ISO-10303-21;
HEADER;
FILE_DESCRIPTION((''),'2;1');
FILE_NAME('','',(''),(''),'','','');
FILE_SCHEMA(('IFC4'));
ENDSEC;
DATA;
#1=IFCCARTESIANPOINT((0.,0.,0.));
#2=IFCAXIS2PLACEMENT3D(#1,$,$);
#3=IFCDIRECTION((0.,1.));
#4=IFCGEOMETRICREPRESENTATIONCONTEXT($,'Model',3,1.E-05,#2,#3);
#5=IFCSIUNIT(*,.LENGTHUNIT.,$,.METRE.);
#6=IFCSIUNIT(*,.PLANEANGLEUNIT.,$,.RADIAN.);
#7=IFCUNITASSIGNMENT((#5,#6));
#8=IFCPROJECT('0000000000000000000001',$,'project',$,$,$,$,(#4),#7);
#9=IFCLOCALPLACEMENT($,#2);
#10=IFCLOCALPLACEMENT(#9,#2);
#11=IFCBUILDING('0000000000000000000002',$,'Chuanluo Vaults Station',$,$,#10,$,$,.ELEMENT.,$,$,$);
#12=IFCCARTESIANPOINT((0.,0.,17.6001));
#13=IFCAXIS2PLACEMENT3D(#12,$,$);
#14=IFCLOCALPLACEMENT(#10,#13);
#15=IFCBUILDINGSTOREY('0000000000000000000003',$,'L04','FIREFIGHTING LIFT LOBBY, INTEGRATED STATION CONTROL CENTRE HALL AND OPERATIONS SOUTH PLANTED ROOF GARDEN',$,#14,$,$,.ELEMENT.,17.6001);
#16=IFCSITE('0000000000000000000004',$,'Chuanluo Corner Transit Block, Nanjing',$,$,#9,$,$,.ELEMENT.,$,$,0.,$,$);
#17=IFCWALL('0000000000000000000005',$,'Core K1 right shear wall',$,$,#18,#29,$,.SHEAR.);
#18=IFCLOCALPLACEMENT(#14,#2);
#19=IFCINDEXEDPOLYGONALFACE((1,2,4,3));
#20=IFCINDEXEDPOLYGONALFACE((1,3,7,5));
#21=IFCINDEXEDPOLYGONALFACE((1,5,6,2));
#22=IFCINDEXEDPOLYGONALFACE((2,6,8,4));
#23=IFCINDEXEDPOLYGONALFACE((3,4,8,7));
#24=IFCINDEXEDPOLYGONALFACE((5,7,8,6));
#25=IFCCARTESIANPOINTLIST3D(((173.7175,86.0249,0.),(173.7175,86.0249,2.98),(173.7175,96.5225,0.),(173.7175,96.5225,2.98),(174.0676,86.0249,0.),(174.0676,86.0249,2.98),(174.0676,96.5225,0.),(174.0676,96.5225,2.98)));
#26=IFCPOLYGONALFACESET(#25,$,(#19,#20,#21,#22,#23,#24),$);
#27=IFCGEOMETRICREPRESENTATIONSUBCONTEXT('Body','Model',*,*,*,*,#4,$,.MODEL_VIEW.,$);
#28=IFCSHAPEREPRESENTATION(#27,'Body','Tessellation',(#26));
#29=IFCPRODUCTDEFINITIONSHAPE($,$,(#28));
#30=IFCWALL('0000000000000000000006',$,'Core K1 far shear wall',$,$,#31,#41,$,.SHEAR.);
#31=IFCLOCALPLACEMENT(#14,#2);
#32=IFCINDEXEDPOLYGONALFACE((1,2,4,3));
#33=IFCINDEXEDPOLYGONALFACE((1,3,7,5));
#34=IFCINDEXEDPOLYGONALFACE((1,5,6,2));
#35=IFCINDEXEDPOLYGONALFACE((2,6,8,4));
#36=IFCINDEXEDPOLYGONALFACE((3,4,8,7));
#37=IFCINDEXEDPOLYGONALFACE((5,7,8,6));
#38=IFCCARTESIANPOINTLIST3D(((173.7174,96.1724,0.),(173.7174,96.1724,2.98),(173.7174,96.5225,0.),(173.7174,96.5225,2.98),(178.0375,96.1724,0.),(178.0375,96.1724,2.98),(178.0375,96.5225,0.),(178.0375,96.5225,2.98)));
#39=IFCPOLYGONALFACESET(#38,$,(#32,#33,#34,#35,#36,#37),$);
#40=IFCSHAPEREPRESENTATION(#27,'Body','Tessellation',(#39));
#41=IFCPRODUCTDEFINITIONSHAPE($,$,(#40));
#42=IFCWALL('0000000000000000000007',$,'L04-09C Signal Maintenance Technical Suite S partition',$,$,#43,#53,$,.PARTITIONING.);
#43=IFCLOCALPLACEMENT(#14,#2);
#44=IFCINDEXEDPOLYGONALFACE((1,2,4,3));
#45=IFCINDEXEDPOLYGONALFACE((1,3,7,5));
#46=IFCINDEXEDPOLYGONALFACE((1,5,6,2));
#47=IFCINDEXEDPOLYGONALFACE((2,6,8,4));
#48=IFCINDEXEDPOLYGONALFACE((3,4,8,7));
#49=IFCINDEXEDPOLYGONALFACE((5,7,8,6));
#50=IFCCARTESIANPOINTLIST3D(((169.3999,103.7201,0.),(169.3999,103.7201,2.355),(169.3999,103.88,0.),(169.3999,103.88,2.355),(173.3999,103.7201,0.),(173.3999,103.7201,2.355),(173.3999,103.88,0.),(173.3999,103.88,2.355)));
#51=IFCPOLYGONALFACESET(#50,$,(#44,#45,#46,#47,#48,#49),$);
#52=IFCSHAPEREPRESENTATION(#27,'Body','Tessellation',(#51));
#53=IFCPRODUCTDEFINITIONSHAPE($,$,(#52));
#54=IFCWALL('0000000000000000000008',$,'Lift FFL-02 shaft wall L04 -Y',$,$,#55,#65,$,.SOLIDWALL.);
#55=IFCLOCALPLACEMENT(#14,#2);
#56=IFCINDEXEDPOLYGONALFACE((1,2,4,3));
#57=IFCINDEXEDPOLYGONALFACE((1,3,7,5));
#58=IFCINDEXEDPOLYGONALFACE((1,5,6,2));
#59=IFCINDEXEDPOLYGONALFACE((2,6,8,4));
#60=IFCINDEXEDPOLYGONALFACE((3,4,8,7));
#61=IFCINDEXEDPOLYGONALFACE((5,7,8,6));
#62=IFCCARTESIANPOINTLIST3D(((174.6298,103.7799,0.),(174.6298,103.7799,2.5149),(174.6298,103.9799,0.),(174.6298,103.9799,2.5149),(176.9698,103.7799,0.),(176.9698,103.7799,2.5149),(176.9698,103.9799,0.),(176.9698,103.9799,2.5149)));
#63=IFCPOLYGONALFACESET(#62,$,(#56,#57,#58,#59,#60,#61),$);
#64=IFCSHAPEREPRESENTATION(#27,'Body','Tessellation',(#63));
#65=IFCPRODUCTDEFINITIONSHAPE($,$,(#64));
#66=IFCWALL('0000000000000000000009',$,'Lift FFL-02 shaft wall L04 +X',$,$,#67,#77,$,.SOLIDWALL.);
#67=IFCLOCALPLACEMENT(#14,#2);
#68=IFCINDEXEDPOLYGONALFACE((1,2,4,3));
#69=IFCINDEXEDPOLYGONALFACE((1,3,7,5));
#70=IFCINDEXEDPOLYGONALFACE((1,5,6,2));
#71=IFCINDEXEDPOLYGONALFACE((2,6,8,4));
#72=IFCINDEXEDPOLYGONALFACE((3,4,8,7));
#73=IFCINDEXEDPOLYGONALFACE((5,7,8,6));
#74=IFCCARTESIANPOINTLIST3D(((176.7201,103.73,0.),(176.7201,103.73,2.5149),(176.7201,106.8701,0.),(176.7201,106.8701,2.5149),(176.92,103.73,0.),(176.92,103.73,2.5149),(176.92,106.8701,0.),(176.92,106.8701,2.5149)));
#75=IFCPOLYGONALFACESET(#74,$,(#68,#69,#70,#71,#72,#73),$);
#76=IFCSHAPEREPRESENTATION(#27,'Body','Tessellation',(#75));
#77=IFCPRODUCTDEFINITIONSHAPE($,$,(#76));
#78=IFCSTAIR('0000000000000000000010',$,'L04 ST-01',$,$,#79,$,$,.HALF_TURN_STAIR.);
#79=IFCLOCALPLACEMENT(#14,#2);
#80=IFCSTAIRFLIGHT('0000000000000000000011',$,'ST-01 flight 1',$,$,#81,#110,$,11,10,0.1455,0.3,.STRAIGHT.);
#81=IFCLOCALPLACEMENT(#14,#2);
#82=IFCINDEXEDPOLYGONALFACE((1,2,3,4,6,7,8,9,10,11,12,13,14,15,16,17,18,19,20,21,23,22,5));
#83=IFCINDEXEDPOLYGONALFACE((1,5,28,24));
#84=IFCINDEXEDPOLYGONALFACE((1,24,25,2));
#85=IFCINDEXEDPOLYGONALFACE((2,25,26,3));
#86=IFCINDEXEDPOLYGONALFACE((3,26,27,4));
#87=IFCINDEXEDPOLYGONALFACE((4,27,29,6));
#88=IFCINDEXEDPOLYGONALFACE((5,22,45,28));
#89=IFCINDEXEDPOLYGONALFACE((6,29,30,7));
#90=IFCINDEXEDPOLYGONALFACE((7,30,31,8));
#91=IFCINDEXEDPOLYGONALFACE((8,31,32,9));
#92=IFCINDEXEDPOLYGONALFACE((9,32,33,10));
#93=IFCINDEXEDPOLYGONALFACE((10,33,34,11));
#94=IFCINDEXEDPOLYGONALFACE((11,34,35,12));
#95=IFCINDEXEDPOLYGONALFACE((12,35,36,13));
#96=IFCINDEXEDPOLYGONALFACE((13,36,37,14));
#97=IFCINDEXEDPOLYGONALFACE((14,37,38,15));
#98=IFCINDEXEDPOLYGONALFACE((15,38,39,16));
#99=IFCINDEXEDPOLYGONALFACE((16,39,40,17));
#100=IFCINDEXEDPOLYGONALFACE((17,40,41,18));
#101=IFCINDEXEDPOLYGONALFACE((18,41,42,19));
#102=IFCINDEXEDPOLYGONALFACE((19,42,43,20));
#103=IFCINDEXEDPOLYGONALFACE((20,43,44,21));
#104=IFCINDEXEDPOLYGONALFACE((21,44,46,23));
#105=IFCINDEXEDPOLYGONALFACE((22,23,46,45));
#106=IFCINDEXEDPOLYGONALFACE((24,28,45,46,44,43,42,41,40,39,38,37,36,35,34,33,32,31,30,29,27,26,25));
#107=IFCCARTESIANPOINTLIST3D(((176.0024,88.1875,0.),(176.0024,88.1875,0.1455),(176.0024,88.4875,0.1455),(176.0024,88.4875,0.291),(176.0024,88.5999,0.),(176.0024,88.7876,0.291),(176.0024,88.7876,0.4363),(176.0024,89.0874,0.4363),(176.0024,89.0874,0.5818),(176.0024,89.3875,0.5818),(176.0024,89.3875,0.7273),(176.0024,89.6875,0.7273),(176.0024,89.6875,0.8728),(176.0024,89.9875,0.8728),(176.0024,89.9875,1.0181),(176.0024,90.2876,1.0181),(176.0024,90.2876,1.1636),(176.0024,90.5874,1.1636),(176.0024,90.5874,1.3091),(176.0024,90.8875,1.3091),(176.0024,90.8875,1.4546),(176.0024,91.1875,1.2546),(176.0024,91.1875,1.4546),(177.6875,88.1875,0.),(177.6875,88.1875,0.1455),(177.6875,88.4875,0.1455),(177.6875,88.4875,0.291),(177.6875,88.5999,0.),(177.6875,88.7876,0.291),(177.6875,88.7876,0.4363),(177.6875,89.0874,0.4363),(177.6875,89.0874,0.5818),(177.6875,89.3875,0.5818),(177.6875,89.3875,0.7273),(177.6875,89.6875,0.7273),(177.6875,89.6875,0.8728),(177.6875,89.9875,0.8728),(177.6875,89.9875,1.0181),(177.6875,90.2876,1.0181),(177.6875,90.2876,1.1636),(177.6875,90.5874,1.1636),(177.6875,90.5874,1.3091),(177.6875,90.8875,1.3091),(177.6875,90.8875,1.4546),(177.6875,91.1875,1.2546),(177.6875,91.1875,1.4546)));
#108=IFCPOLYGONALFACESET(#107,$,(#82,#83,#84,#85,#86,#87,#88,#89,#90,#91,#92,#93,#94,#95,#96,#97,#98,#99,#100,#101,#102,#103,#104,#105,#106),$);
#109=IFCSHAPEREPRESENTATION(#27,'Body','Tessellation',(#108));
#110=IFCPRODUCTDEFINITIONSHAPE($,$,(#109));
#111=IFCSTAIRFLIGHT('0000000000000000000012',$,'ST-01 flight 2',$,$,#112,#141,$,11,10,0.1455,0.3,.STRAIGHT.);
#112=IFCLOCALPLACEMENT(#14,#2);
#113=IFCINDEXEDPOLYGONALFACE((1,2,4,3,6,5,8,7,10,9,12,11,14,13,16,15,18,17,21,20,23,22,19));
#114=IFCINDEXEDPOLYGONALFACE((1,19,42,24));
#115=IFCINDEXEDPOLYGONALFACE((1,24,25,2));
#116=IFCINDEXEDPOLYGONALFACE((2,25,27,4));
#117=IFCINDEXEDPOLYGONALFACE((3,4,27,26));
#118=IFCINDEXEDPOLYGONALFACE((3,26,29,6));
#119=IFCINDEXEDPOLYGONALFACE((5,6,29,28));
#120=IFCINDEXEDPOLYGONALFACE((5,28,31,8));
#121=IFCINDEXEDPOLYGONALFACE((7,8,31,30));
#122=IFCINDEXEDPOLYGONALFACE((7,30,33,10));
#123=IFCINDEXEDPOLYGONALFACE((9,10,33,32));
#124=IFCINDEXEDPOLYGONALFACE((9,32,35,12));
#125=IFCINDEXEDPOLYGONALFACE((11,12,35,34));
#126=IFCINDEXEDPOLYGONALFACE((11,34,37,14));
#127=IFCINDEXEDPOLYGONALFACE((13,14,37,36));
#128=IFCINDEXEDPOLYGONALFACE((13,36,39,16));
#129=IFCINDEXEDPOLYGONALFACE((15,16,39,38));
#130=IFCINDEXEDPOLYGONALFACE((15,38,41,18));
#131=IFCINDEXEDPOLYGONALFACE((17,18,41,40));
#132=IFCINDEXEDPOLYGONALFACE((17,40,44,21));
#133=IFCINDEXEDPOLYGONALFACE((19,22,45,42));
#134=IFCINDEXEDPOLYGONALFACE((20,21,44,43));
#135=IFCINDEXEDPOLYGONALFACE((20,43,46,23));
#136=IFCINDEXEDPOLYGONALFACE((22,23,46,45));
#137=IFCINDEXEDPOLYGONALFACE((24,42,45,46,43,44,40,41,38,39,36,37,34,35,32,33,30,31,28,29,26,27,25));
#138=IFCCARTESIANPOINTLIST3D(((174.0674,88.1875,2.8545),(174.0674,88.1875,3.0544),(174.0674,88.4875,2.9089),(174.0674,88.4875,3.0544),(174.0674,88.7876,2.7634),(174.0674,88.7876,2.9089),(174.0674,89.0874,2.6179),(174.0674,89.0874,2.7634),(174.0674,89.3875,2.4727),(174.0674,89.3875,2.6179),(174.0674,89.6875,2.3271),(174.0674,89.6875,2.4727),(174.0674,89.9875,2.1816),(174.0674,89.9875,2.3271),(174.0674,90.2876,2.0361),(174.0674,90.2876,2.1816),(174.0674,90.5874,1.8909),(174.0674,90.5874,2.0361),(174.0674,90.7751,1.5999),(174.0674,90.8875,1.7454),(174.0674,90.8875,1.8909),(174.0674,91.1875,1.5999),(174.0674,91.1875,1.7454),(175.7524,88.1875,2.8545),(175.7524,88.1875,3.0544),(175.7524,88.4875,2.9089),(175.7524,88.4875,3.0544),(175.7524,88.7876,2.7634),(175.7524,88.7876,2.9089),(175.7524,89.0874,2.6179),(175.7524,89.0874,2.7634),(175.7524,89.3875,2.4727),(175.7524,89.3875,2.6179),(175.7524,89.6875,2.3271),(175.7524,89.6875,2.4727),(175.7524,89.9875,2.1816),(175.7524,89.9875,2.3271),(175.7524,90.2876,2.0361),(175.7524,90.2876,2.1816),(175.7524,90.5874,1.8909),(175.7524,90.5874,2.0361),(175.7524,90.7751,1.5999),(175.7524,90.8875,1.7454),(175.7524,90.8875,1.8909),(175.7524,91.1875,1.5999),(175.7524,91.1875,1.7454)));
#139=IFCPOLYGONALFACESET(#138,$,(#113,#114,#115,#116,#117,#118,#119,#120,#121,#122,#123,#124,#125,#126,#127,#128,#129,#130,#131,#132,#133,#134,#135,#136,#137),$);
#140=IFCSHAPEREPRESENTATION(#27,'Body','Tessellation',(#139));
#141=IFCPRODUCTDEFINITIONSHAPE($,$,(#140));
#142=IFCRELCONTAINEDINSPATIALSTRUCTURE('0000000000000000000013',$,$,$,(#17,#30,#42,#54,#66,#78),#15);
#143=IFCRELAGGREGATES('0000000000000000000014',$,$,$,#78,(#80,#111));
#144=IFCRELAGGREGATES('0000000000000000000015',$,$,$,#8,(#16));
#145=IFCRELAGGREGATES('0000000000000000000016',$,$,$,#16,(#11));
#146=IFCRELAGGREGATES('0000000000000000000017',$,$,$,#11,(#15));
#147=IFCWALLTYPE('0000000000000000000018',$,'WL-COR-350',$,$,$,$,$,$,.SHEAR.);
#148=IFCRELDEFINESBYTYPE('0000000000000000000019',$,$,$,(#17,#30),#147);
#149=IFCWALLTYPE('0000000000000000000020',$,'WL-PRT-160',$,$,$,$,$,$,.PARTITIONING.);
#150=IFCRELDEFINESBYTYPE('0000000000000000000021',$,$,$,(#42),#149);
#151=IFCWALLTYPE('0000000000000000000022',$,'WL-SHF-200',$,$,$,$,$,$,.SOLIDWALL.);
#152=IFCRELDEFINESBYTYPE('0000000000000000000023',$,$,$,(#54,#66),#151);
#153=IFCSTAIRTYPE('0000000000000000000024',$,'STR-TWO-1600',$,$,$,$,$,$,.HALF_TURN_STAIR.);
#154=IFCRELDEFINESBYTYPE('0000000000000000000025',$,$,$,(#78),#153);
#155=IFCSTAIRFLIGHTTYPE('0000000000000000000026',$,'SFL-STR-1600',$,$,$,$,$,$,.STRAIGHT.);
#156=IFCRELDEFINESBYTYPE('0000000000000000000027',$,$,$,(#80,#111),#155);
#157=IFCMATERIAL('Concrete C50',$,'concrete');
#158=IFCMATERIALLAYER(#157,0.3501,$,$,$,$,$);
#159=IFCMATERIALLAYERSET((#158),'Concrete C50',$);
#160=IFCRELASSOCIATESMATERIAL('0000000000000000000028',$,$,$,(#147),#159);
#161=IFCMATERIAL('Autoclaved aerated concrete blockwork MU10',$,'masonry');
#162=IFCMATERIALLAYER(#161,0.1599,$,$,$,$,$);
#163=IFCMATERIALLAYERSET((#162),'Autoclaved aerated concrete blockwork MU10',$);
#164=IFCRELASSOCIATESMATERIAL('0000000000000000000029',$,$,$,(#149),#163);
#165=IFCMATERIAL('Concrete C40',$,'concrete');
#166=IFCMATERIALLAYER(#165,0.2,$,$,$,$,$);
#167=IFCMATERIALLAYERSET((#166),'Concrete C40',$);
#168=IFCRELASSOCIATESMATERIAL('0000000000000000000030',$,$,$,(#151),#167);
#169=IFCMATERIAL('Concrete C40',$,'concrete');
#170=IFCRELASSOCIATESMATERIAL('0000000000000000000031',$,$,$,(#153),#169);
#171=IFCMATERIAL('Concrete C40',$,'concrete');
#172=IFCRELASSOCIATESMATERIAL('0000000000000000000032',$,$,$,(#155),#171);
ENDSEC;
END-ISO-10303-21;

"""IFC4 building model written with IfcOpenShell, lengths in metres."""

from ifc_helpers import new_model, si_unit, direction, frame, frame_2d, origin, place, context, subcontext, project, spatial, polyline, rectangle, outline, extrude, material, layer, layer_set, type_object, element, aggregate, save


model = new_model("IFC4")

# Units and contexts
model_context = context("Model", 3, precision=1e-05, world=origin(), true_north=direction((0.0, 1.0)))
body_context = subcontext(model_context, "Body", "Model", "MODEL_VIEW")
ifc_project = project(units=[si_unit("LENGTHUNIT", "METRE"), si_unit("PLANEANGLEUNIT", "RADIAN")], contexts=[model_context])

# Site, building, storey
site_placement = place(None, origin())
site = spatial("IfcSite", under=ifc_project, at=site_placement, Name="Chuanluo Corner Transit Block, Nanjing", CompositionType="ELEMENT", RefElevation=0.0)
building_placement = place(site_placement, origin())
building = spatial("IfcBuilding", under=site, at=building_placement, Name="Chuanluo Vaults Station", CompositionType="ELEMENT")
storey_placement = place(building_placement, frame((0.0, 0.0, 17.6001)))
storey = spatial("IfcBuildingStorey", under=building, at=storey_placement, Name="L04", Description="FIREFIGHTING LIFT LOBBY, INTEGRATED STATION CONTROL CENTRE HALL AND OPERATIONS SOUTH PLANTED ROOF GARDEN", CompositionType="ELEMENT", Elevation=17.6001)

# Walls
ifc_material_1 = material(Name="Concrete C50", Category="concrete")
ifc_layer_1 = layer(ifc_material_1, 0.3501)
ifc_layer_set_1 = layer_set([ifc_layer_1], Name="Concrete C50")
wall_type_1 = type_object("IfcWallType", Name="WL-COR-350", PredefinedType="SHEAR", material=ifc_layer_set_1)
wall_1_placement = place(storey_placement, frame((173.8926, 96.5225, 0.0), z_axis=(0.0, 0.0, 1.0), x_axis=(0.0, -1.0, 0.0)))
element("IfcWall", 1, at=wall_1_placement, inside=storey, type_object=wall_type_1, Name="Core K1 right shear wall", PredefinedType="SHEAR", context=body_context, shape_type="SweptSolid", body=[
    extrude(rectangle(XDim=10.4976, YDim=0.3501, at=frame_2d((5.2488, 0.0))), origin(), (0.0, 0.0, 1.0), 2.98),
])
wall_2_placement = place(storey_placement, frame((178.0376, 96.3474, 0.0), z_axis=(0.0, 0.0, 1.0), x_axis=(-1.0, 0.0, 0.0)))
element("IfcWall", 2, at=wall_2_placement, inside=storey, type_object=wall_type_1, Name="Core K1 far shear wall", PredefinedType="SHEAR", context=body_context, shape_type="SweptSolid", body=[
    extrude(rectangle(XDim=4.3201, YDim=0.3501, at=frame_2d((2.1602, 0.0))), origin(), (0.0, 0.0, 1.0), 2.98),
])
ifc_material_2 = material(Name="Autoclaved aerated concrete blockwork MU10", Category="masonry")
ifc_layer_2 = layer(ifc_material_2, 0.1599)
ifc_layer_set_2 = layer_set([ifc_layer_2], Name="Autoclaved aerated concrete blockwork MU10")
wall_type_2 = type_object("IfcWallType", Name="WL-PRT-160", PredefinedType="PARTITIONING", material=ifc_layer_set_2)
wall_3_placement = place(storey_placement, frame((173.3999, 103.8, 0.0), z_axis=(0.0, 0.0, 1.0), x_axis=(-1.0, 0.0, 0.0)))
element("IfcWall", 3, at=wall_3_placement, inside=storey, type_object=wall_type_2, Name="L04-09C Signal Maintenance Technical Suite S partition", PredefinedType="PARTITIONING", context=body_context, shape_type="SweptSolid", body=[
    extrude(rectangle(XDim=4.0, YDim=0.1599, at=frame_2d((2.0, 0.0))), origin(), (0.0, 0.0, 1.0), 2.355),
])
ifc_material_3 = material(Name="Concrete C40", Category="concrete")
ifc_layer_3 = layer(ifc_material_3, 0.2)
ifc_layer_set_3 = layer_set([ifc_layer_3], Name="Concrete C40")
wall_type_3 = type_object("IfcWallType", Name="WL-SHF-200", PredefinedType="SOLIDWALL", material=ifc_layer_set_3)
wall_4_placement = place(storey_placement, frame((174.6299, 103.8799, 0.0), z_axis=(0.0, 0.0, 1.0), x_axis=(1.0, 0.0, 0.0)))
element("IfcWall", 4, at=wall_4_placement, inside=storey, type_object=wall_type_3, Name="Lift FFL-02 shaft wall L04 -Y", PredefinedType="SOLIDWALL", context=body_context, shape_type="SweptSolid", body=[
    extrude(rectangle(XDim=2.3401, YDim=0.2, at=frame_2d((1.1699, 0.0))), origin(), (0.0, 0.0, 1.0), 2.5149),
])
wall_5_placement = place(storey_placement, frame((176.8201, 103.73, 0.0), z_axis=(0.0, 0.0, 1.0), x_axis=(0.0, 1.0, 0.0)))
element("IfcWall", 5, at=wall_5_placement, inside=storey, type_object=wall_type_3, Name="Lift FFL-02 shaft wall L04 +X", PredefinedType="SOLIDWALL", context=body_context, shape_type="SweptSolid", body=[
    extrude(rectangle(XDim=3.1401, YDim=0.2, at=frame_2d((1.5701, 0.0))), origin(), (0.0, 0.0, 1.0), 2.5149),
])

# Stair, stair flights
ifc_material_4 = material(Name="Concrete C40", Category="concrete")
stair_type = type_object("IfcStairType", Name="STR-TWO-1600", PredefinedType="HALF_TURN_STAIR", material=ifc_material_4)
stair_placement = place(storey_placement, origin())
stair = element("IfcStair", 6, at=stair_placement, inside=storey, type_object=stair_type, Name="L04 ST-01", PredefinedType="HALF_TURN_STAIR")
ifc_material_5 = material(Name="Concrete C40", Category="concrete")
stair_flight_type = type_object("IfcStairFlightType", Name="SFL-STR-1600", PredefinedType="STRAIGHT", material=ifc_material_5)
stair_flight_1_placement = place(storey_placement, frame((176.845, 88.1875, 0.0), z_axis=(0.0, 0.0, 1.0), x_axis=(0.0, 1.0, 0.0)))
stair_flight_1 = element("IfcStairFlight", 7, at=stair_flight_1_placement, type_object=stair_flight_type, Name="ST-01 flight 1", NumberOfRisers=11, NumberOfTreads=10, PredefinedType="STRAIGHT", RiserHeight=0.1455, TreadLength=0.3, context=body_context, shape_type="SweptSolid", body=[
    extrude(outline(polyline([(0.0, 0.0), (0.0, 0.1455), (0.3, 0.1455), (0.3, 0.291), (0.6001, 0.291), (0.6001, 0.4363), (0.8999, 0.4363), (0.8999, 0.5818), (1.2, 0.5818), (1.2, 0.7273), (1.5, 0.7273), (1.5, 0.8728), (1.8, 0.8728), (1.8, 1.0181), (2.1001, 1.0181), (2.1001, 1.1636), (2.3999, 1.1636), (2.3999, 1.3091), (2.7, 1.3091), (2.7, 1.4546), (3.0, 1.4546), (3.0, 1.6001), (3.0, 1.2546), (0.4124, 0.0), (0.0, 0.0)])), frame((0.0, 0.8425, 0.0), z_axis=(0.0, -1.0, 0.0), x_axis=(1.0, 0.0, 0.0)), (0.0, 0.0, 1.0), 1.6851),
])
stair_flight_2_placement = place(storey_placement, frame((174.9099, 91.1875, 1.5999), z_axis=(0.0, 0.0, 1.0), x_axis=(0.0, -1.0, 0.0)))
stair_flight_2 = element("IfcStairFlight", 8, at=stair_flight_2_placement, type_object=stair_flight_type, Name="ST-01 flight 2", NumberOfRisers=11, NumberOfTreads=10, PredefinedType="STRAIGHT", RiserHeight=0.1455, TreadLength=0.3, context=body_context, shape_type="SweptSolid", body=[
    extrude(outline(polyline([(0.0, 0.0), (0.0, 0.1455), (0.3, 0.1455), (0.3, 0.291), (0.6001, 0.291), (0.6001, 0.4363), (0.8999, 0.4363), (0.8999, 0.5818), (1.2, 0.5818), (1.2, 0.7273), (1.5, 0.7273), (1.5, 0.8728), (1.8, 0.8728), (1.8, 1.0181), (2.1001, 1.0181), (2.1001, 1.1636), (2.3999, 1.1636), (2.3999, 1.3091), (2.7, 1.3091), (2.7, 1.4546), (3.0, 1.4546), (3.0, 1.6001), (3.0, 1.2546), (0.4124, 0.0), (0.0, 0.0)])), frame((0.0, 0.8425, 0.0), z_axis=(0.0, -1.0, 0.0), x_axis=(1.0, 0.0, 0.0)), (0.0, 0.0, 1.0), 1.6851),
])
aggregate(stair, [stair_flight_1, stair_flight_2])

save(model, "model.ifc")
